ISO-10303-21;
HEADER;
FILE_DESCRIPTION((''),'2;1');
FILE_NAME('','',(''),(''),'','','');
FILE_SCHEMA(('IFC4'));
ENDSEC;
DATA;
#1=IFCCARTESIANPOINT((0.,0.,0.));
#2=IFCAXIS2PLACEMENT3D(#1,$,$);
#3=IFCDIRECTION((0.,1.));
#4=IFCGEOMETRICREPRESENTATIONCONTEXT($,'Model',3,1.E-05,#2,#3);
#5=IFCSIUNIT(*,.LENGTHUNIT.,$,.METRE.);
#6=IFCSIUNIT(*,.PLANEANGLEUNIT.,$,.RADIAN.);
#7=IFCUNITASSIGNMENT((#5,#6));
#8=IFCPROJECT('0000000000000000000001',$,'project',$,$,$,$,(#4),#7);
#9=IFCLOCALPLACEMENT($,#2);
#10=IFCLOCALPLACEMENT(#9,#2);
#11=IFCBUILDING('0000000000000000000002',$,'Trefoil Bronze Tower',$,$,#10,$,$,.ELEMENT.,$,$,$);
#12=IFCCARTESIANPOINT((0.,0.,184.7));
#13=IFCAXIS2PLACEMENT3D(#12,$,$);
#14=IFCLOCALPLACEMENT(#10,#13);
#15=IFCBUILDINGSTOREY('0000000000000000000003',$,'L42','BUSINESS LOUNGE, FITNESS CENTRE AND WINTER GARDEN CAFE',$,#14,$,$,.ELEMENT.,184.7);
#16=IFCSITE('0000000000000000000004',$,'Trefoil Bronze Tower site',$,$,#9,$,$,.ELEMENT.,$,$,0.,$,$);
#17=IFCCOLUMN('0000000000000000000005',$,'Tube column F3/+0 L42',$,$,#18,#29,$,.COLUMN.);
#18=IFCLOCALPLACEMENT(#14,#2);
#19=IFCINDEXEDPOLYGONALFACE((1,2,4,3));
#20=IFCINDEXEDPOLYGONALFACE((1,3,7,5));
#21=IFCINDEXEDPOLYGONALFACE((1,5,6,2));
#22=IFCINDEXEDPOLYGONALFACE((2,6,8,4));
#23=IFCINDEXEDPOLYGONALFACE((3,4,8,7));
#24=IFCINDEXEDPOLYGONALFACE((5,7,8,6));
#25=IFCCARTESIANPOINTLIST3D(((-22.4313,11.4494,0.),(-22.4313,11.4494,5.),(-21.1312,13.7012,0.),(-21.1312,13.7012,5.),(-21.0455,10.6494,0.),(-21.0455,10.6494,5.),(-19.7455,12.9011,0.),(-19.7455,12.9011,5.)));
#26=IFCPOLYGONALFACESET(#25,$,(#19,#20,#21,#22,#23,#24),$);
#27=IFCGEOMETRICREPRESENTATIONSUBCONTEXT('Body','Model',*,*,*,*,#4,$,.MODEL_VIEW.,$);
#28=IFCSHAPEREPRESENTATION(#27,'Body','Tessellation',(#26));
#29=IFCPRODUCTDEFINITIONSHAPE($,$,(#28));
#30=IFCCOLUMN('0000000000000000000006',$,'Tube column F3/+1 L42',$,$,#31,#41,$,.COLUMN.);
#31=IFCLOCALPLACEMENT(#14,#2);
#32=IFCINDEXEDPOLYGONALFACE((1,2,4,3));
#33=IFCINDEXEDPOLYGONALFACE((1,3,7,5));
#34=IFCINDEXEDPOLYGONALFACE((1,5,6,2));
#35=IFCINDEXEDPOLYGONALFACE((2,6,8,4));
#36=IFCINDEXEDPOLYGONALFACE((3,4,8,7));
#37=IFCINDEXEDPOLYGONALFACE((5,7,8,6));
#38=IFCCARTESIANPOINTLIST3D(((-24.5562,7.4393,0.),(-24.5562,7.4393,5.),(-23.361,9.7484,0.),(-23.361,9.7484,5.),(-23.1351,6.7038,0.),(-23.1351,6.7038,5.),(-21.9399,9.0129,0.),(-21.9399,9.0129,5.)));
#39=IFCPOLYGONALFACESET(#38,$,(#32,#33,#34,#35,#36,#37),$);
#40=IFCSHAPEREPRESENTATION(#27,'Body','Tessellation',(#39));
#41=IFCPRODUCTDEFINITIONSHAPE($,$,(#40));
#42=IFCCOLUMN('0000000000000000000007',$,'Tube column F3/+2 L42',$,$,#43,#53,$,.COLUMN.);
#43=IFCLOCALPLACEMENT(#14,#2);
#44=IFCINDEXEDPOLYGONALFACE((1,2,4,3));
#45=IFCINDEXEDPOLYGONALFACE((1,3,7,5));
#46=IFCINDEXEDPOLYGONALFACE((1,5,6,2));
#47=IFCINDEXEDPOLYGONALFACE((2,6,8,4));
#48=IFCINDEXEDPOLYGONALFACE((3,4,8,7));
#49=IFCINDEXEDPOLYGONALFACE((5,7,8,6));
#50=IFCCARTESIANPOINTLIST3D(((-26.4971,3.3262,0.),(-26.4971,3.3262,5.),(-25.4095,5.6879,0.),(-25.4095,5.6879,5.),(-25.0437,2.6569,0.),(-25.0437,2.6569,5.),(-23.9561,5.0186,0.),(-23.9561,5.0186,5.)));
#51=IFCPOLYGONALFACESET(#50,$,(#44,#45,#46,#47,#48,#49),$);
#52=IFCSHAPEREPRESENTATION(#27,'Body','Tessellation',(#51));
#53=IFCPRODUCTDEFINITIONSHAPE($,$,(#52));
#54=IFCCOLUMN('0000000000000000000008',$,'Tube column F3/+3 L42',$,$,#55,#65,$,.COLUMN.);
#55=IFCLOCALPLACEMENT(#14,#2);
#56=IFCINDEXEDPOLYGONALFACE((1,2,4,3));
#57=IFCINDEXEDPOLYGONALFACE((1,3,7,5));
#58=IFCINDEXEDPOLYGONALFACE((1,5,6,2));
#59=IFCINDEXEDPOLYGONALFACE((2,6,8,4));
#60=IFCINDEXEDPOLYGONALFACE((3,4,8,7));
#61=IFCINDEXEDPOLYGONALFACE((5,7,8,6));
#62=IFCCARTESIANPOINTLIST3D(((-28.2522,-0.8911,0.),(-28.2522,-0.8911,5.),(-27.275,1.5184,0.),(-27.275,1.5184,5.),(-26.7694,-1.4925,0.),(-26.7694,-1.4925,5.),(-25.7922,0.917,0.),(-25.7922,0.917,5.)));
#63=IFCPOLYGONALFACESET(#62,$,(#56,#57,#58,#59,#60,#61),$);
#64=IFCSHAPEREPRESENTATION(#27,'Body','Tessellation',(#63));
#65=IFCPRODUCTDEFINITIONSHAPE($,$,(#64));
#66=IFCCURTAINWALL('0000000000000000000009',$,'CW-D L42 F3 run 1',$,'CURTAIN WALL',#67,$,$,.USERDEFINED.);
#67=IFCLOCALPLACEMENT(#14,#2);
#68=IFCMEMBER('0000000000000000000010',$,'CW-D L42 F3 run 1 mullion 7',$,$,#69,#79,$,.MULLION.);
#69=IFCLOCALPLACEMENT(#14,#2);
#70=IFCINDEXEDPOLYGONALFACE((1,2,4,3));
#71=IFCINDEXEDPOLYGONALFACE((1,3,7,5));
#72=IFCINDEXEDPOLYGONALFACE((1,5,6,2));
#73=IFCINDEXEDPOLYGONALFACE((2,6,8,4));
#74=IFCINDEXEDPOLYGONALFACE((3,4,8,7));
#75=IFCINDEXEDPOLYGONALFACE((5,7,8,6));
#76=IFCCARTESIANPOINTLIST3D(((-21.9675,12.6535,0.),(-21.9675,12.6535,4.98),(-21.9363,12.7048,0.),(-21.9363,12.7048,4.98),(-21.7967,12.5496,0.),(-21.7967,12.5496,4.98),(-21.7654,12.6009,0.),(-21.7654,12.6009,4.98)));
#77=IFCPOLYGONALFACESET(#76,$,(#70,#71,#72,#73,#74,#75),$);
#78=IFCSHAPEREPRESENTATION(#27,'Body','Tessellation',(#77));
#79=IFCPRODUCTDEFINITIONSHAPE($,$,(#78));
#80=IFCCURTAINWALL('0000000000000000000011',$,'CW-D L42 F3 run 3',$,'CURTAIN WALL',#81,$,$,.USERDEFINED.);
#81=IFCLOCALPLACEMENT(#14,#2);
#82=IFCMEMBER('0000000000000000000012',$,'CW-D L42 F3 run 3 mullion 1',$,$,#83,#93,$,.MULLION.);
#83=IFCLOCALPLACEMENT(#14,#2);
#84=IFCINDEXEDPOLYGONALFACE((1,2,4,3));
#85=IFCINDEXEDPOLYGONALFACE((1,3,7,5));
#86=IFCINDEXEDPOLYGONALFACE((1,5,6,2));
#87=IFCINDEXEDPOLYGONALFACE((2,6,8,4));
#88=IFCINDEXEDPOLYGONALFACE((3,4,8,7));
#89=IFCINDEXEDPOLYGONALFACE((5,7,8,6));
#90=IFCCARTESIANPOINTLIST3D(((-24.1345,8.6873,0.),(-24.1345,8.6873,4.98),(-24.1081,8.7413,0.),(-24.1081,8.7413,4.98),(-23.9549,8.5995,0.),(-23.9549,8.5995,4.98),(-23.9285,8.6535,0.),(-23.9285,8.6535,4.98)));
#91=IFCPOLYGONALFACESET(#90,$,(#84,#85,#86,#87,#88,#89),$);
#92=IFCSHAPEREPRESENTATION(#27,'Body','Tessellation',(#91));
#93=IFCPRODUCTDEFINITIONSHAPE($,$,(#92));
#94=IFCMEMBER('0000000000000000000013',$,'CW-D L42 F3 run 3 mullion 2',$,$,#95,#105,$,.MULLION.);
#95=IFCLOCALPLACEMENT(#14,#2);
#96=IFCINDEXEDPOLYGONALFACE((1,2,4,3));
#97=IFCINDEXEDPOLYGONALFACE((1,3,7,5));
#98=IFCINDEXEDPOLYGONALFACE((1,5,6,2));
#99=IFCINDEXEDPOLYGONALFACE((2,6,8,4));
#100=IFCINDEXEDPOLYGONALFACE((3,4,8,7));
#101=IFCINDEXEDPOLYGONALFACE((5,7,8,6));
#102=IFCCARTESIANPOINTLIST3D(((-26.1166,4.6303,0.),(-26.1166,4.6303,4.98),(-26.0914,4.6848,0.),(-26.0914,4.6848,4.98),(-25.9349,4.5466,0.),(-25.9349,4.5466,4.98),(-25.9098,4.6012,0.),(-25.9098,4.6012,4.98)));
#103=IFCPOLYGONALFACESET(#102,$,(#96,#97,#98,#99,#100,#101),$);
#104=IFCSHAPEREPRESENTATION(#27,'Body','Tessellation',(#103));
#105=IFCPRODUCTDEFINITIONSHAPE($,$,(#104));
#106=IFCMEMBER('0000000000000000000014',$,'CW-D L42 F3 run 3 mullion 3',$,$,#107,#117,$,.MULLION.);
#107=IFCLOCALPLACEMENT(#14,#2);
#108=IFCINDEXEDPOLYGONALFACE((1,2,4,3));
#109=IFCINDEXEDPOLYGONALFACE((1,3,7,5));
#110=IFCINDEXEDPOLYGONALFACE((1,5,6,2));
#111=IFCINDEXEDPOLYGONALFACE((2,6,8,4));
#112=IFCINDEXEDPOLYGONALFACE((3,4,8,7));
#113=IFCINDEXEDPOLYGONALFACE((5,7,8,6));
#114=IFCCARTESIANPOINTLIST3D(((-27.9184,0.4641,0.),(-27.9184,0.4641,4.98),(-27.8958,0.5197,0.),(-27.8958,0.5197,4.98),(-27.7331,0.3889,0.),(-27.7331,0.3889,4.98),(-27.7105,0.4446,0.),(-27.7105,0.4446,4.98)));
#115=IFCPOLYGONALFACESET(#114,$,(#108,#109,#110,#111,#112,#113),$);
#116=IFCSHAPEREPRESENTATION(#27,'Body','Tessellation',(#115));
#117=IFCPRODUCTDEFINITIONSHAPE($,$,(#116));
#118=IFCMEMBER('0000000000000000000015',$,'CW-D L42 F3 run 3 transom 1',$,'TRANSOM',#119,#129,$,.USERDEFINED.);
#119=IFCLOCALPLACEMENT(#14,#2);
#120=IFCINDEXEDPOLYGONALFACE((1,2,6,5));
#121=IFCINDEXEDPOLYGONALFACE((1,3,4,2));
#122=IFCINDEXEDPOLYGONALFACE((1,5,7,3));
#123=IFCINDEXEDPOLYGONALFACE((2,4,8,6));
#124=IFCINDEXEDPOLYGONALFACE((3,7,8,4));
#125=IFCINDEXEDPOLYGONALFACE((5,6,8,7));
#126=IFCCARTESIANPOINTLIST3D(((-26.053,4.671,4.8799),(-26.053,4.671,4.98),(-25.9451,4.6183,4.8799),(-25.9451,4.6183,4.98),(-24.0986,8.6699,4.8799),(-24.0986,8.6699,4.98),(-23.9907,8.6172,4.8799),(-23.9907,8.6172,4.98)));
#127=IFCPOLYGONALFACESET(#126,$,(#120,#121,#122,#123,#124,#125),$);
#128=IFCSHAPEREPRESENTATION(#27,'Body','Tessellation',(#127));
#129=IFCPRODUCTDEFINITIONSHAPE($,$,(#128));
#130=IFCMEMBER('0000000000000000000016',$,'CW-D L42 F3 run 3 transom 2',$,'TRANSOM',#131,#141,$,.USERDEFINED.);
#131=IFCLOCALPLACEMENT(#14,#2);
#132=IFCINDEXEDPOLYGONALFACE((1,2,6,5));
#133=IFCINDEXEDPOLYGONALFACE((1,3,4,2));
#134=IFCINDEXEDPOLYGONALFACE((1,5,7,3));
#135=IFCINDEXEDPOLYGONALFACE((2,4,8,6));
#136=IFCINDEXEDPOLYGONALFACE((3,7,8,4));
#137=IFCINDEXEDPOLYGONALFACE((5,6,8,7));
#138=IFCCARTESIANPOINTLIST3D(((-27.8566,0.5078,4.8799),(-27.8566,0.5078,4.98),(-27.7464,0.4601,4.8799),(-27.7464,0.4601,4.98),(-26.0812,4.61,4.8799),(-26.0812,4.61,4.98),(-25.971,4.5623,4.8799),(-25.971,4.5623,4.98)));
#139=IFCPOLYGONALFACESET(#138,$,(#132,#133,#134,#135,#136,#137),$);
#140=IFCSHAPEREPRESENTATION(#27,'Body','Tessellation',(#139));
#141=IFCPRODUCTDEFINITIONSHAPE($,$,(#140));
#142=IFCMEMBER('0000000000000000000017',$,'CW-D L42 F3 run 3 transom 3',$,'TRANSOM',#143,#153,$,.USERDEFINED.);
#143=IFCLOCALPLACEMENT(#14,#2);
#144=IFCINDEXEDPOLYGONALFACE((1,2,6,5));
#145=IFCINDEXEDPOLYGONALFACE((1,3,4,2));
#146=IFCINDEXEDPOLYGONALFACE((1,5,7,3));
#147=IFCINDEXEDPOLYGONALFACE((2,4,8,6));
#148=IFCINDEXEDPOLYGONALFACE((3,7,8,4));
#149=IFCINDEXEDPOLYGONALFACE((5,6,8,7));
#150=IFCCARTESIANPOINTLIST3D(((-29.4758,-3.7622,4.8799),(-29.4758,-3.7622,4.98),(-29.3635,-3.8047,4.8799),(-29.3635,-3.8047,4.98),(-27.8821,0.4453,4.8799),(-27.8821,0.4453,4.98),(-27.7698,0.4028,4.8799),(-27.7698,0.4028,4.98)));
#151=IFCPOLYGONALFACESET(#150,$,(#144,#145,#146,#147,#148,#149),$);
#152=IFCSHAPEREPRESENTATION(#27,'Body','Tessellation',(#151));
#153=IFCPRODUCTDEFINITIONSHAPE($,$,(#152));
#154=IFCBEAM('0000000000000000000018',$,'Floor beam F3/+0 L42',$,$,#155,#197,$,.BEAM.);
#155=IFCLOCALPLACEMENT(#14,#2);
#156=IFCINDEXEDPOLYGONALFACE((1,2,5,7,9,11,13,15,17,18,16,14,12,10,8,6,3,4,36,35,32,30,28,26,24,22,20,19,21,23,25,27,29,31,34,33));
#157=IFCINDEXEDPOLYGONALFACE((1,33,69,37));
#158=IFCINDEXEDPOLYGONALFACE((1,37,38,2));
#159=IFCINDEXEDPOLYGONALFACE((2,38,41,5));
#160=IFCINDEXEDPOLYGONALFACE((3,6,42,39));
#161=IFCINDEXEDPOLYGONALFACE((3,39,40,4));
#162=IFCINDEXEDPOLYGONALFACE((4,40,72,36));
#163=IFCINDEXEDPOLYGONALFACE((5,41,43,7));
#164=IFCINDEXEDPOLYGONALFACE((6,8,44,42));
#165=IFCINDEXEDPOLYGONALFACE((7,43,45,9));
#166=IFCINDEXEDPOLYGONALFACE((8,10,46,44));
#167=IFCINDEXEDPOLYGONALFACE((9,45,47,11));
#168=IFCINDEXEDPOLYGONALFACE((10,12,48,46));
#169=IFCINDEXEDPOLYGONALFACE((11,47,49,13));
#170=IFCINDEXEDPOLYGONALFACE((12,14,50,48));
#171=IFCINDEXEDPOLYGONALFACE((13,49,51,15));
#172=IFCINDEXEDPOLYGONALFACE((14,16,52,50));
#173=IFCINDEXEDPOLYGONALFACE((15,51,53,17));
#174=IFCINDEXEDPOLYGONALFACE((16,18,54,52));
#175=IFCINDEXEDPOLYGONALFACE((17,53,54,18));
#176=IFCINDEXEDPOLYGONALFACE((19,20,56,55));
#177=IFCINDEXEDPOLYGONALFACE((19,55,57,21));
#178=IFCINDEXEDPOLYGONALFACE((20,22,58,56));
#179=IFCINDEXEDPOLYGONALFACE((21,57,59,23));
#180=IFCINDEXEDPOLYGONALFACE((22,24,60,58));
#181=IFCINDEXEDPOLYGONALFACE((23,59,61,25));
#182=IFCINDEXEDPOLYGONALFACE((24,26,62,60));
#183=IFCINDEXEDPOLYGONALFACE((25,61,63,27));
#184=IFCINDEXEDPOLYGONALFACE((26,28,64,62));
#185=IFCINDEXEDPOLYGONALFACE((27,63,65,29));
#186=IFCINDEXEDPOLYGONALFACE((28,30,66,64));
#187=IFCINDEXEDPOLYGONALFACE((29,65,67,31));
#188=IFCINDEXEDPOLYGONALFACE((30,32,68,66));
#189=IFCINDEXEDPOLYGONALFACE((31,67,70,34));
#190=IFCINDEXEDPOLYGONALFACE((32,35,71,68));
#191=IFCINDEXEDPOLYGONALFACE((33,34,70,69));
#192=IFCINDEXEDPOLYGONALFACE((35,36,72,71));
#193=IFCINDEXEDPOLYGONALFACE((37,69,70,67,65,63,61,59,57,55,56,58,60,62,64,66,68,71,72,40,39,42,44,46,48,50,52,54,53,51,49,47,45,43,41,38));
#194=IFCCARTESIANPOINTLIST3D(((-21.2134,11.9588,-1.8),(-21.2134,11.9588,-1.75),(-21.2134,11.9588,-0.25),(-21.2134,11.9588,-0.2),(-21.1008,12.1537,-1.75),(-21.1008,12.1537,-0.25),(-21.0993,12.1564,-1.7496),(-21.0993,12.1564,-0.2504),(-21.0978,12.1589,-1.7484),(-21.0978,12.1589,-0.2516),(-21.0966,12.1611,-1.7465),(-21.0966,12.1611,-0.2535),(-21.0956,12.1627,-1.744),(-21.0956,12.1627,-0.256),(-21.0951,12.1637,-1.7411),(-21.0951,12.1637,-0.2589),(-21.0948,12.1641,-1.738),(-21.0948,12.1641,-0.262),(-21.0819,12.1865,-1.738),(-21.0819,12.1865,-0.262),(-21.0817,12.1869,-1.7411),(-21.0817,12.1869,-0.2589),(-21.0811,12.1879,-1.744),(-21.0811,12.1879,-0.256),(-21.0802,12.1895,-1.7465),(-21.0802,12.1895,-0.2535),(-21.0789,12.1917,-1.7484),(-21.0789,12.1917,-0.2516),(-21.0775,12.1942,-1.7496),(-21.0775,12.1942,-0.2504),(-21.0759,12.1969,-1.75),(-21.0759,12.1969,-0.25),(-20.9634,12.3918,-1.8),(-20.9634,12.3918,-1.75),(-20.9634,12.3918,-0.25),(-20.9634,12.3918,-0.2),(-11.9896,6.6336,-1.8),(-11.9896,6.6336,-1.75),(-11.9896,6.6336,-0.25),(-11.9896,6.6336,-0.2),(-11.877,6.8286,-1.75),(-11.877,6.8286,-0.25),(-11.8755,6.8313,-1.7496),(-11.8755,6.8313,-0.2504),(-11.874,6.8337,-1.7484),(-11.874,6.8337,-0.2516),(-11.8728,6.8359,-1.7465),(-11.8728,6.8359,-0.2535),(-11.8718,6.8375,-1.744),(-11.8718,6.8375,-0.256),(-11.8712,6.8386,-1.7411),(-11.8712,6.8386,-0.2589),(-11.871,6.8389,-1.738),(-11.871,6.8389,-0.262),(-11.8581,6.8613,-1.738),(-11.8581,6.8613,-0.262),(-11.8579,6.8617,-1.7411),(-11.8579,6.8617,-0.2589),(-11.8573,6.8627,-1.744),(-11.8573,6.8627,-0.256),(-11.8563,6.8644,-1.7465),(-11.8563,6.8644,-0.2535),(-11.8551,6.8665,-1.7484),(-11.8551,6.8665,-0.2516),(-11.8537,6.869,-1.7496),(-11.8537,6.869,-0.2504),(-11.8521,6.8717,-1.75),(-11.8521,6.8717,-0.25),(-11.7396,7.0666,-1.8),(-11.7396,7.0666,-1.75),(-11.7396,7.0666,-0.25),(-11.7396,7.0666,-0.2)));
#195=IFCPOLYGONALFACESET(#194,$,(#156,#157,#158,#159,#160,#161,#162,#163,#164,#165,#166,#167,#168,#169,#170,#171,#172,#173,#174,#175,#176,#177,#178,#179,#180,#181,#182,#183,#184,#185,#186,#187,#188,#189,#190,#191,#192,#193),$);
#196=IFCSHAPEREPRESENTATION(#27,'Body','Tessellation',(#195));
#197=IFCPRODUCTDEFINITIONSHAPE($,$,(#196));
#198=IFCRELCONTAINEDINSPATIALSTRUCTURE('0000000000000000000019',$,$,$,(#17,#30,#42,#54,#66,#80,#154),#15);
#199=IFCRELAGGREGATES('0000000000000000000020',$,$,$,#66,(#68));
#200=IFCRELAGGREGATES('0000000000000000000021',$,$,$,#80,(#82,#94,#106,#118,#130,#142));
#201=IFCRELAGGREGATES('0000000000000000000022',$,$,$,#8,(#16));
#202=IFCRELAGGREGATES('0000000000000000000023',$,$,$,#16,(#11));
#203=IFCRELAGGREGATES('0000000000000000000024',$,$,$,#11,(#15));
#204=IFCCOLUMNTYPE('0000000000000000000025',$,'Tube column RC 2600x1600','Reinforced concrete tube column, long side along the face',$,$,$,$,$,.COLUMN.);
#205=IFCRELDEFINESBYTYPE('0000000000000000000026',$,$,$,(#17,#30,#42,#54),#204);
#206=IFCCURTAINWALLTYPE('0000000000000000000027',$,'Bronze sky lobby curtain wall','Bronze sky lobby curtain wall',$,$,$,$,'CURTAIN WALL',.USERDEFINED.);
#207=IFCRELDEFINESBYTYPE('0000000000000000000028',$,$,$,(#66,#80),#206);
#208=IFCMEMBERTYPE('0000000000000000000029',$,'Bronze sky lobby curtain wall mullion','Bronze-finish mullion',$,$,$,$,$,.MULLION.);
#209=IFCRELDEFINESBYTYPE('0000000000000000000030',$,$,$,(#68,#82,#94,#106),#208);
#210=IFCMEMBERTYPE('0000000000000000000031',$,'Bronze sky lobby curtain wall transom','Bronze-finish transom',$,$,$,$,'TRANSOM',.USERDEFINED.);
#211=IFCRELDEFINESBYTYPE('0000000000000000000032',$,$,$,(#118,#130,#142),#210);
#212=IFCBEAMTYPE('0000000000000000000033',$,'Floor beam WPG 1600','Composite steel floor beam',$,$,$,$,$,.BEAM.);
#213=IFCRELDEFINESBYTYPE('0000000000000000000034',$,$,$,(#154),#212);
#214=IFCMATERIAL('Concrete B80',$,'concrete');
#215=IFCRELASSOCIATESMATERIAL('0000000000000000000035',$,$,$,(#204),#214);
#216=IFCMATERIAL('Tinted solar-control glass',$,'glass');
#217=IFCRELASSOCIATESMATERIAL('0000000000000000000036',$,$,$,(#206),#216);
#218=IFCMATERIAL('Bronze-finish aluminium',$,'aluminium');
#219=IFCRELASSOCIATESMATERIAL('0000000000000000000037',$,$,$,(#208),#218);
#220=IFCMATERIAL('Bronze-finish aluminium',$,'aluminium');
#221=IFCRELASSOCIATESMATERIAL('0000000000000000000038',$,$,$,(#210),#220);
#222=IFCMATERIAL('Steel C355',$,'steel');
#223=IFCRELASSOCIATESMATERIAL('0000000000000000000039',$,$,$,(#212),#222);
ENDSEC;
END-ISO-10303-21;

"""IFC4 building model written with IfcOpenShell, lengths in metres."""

from ifc_helpers import new_model, si_unit, direction, frame, origin, origin_2d, place, context, subcontext, project, spatial, rectangle, i_section, extrude, material, material_profile, profile_set, type_object, element, aggregate, save


model = new_model("IFC4")

# Units and contexts
model_context = context("Model", 3, precision=1e-05, world=origin(), true_north=direction((0.0, 1.0)))
body_context = subcontext(model_context, "Body", "Model", "MODEL_VIEW")
ifc_project = project(units=[si_unit("LENGTHUNIT", "METRE"), si_unit("PLANEANGLEUNIT", "RADIAN")], contexts=[model_context])

# Site, building, storey
site_placement = place(None, origin())
site = spatial("IfcSite", under=ifc_project, at=site_placement, Name="Trefoil Bronze Tower site", CompositionType="ELEMENT", RefElevation=0.0)
building_placement = place(site_placement, origin())
building = spatial("IfcBuilding", under=site, at=building_placement, Name="Trefoil Bronze Tower", CompositionType="ELEMENT")
storey_placement = place(building_placement, frame((0.0, 0.0, 184.7)))
storey = spatial("IfcBuildingStorey", under=building, at=storey_placement, Name="L42", Description="BUSINESS LOUNGE, FITNESS CENTRE AND WINTER GARDEN CAFE", CompositionType="ELEMENT", Elevation=184.7)

# Columns
ifc_material_1 = material(Name="Concrete B80", Category="concrete")
ifc_material_profile_1 = material_profile(ifc_material_1, rectangle(XDim=2.6001, YDim=1.6001, at=origin_2d()), Name="RC 2600x1600")
ifc_profile_set_1 = profile_set([ifc_material_profile_1], Name="Concrete B80")
column_type = type_object("IfcColumnType", Name="Tube column RC 2600x1600", Description="Reinforced concrete tube column, long side along the face", PredefinedType="COLUMN", material=ifc_profile_set_1)
for number, where, z_axis, x_axis, name in (
    (1, (-21.0884, 12.1753, 0.0), (0.0, 0.0, 1.0), (-0.5, -0.866025, 0.0), "Tube column F3/+0 L42"),
    (2, (-23.248, 8.2261, 0.0), (0.0, 0.0, 1.0), (-0.459673, -0.888088, 0.0), "Tube column F3/+1 L42"),
    (3, (-25.2266, 4.1724, 0.0), (0.0, 0.0, 1.0), (-0.418286, -0.908315, 0.0), "Tube column F3/+2 L42"),
    (4, (-27.0222, 0.0129, 0.0), (0.0, 0.0, 1.0), (-0.375828, -0.926689, 0.0), "Tube column F3/+3 L42"),
):
    element("IfcColumn", number, at=place(storey_placement, frame(where, z_axis=z_axis, x_axis=x_axis)), inside=storey, type_object=column_type, Name=name, PredefinedType="COLUMN", context=body_context, shape_type="SweptSolid", body=[
        extrude(rectangle(XDim=2.6001, YDim=1.6001, at=origin_2d()), origin(), (0.0, 0.0, 1.0), 5.0),
    ])

# Curtain wall, member
ifc_material_2 = material(Name="Tinted solar-control glass", Category="glass")
curtain_wall_type = type_object("IfcCurtainWallType", Name="Bronze sky lobby curtain wall", Description="Bronze sky lobby curtain wall", ElementType="CURTAIN WALL", PredefinedType="USERDEFINED", material=ifc_material_2)
curtain_wall_1_placement = place(storey_placement, origin())
curtain_wall_1 = element("IfcCurtainWall", 5, at=curtain_wall_1_placement, inside=storey, type_object=curtain_wall_type, Name="CW-D L42 F3 run 1", ObjectType="CURTAIN WALL", PredefinedType="USERDEFINED")
ifc_material_3 = material(Name="Bronze-finish aluminium", Category="aluminium")
ifc_material_profile_2 = material_profile(ifc_material_3, rectangle(XDim=0.2, YDim=0.0601, at=origin_2d()), Name="CW-D mullion")
ifc_profile_set_2 = profile_set([ifc_material_profile_2], Name="Bronze-finish aluminium")
member_type_1 = type_object("IfcMemberType", Name="Bronze sky lobby curtain wall mullion", Description="Bronze-finish mullion", PredefinedType="MULLION", material=ifc_profile_set_2)
member_1_placement = place(storey_placement, frame((-21.8665, 12.6272, 0.0), z_axis=(0.0, 0.0, 1.0), x_axis=(0.854311, -0.519762, 0.0)))
member_1 = element("IfcMember", 6, at=member_1_placement, type_object=member_type_1, Name="CW-D L42 F3 run 1 mullion 7", PredefinedType="MULLION", context=body_context, shape_type="SweptSolid", body=[
    extrude(rectangle(XDim=0.2, YDim=0.0601, at=origin_2d()), origin(), (0.0, 0.0, 1.0), 4.98),
])

# Curtain wall, members
curtain_wall_2_placement = place(storey_placement, origin())
curtain_wall_2 = element("IfcCurtainWall", 7, at=curtain_wall_2_placement, inside=storey, type_object=curtain_wall_type, Name="CW-D L42 F3 run 3", ObjectType="CURTAIN WALL", PredefinedType="USERDEFINED")
member_2_placement = place(storey_placement, frame((-24.0315, 8.6704, 0.0), z_axis=(0.0, 0.0, 1.0), x_axis=(0.898424, -0.439129, 0.0)))
member_2 = element("IfcMember", 8, at=member_2_placement, type_object=member_type_1, Name="CW-D L42 F3 run 3 mullion 1", PredefinedType="MULLION", context=body_context, shape_type="SweptSolid", body=[
    extrude(rectangle(XDim=0.2, YDim=0.0601, at=origin_2d()), origin(), (0.0, 0.0, 1.0), 4.98),
])
member_3_placement = place(storey_placement, frame((-26.0132, 4.6157, 0.0), z_axis=(0.0, 0.0, 1.0), x_axis=(0.908315, -0.418286, 0.0)))
member_3 = element("IfcMember", 9, at=member_3_placement, type_object=member_type_1, Name="CW-D L42 F3 run 3 mullion 2", PredefinedType="MULLION", context=body_context, shape_type="SweptSolid", body=[
    extrude(rectangle(XDim=0.2, YDim=0.0601, at=origin_2d()), origin(), (0.0, 0.0, 1.0), 4.98),
])
member_4_placement = place(storey_placement, frame((-27.8145, 0.4543, 0.0), z_axis=(0.0, 0.0, 1.0), x_axis=(0.926689, -0.375828, 0.0)))
member_4 = element("IfcMember", 10, at=member_4_placement, type_object=member_type_1, Name="CW-D L42 F3 run 3 mullion 3", PredefinedType="MULLION", context=body_context, shape_type="SweptSolid", body=[
    extrude(rectangle(XDim=0.2, YDim=0.0601, at=origin_2d()), origin(), (0.0, 0.0, 1.0), 4.98),
])
ifc_material_4 = material(Name="Bronze-finish aluminium", Category="aluminium")
ifc_material_profile_3 = material_profile(ifc_material_4, rectangle(XDim=0.1201, YDim=0.1001, at=origin_2d()), Name="CW-D transom")
ifc_profile_set_3 = profile_set([ifc_material_profile_3], Name="Bronze-finish aluminium")
member_type_2 = type_object("IfcMemberType", Name="Bronze sky lobby curtain wall transom", Description="Bronze-finish transom", ElementType="TRANSOM", PredefinedType="USERDEFINED", material=ifc_profile_set_3)
member_5_placement = place(storey_placement, frame((-24.0447, 8.6436, 4.9299), z_axis=(-0.439099, -0.898439, 0.0), x_axis=(0.898439, -0.439099, 0.0)))
member_5 = element("IfcMember", 11, at=member_5_placement, type_object=member_type_2, Name="CW-D L42 F3 run 3 transom 1", ObjectType="TRANSOM", PredefinedType="USERDEFINED", context=body_context, shape_type="SweptSolid", body=[
    extrude(rectangle(XDim=0.1201, YDim=0.1001, at=origin_2d()), origin(), (0.0, 0.0, 1.0), 4.4509),
])
member_6_placement = place(storey_placement, frame((-26.0261, 4.5862, 4.9299), z_axis=(-0.39718, -0.917741, 0.0), x_axis=(0.917741, -0.39718, 0.0)))
member_6 = element("IfcMember", 12, at=member_6_placement, type_object=member_type_2, Name="CW-D L42 F3 run 3 transom 2", ObjectType="TRANSOM", PredefinedType="USERDEFINED", context=body_context, shape_type="SweptSolid", body=[
    extrude(rectangle(XDim=0.1201, YDim=0.1001, at=origin_2d()), origin(), (0.0, 0.0, 1.0), 4.47),
])
member_7_placement = place(storey_placement, frame((-27.8259, 0.4241, 4.9299), z_axis=(-0.354226, -0.93516, 0.0), x_axis=(0.93516, -0.354226, 0.0)))
member_7 = element("IfcMember", 13, at=member_7_placement, type_object=member_type_2, Name="CW-D L42 F3 run 3 transom 3", ObjectType="TRANSOM", PredefinedType="USERDEFINED", context=body_context, shape_type="SweptSolid", body=[
    extrude(rectangle(XDim=0.1201, YDim=0.1001, at=origin_2d()), origin(), (0.0, 0.0, 1.0), 4.4993),
])

# Beam
ifc_material_5 = material(Name="Steel C355", Category="steel")
ifc_material_profile_4 = material_profile(ifc_material_5, i_section(OverallWidth=0.5, OverallDepth=1.6001, WebThickness=0.0259, FlangeThickness=0.05, FilletRadius=0.012, at=origin_2d()), Name="WPG 1600")
ifc_profile_set_4 = profile_set([ifc_material_profile_4], Name="Steel C355")
beam_type_1 = type_object("IfcBeamType", Name="Floor beam WPG 1600", Description="Composite steel floor beam", PredefinedType="BEAM", material=ifc_profile_set_4)
beam_1_placement = place(storey_placement, frame((-21.0884, 12.1753, -1.0), z_axis=(0.866034, -0.499985, 0.0), x_axis=(0.499985, 0.866034, 0.0)))
element("IfcBeam", 14, at=beam_1_placement, inside=storey, type_object=beam_type_1, Name="Floor beam F3/+0 L42", PredefinedType="BEAM", context=body_context, shape_type="SweptSolid", body=[
    extrude(i_section(OverallWidth=0.5, OverallDepth=1.6001, WebThickness=0.0259, FlangeThickness=0.05, FilletRadius=0.012, at=origin_2d()), origin(), (0.0, 0.0, 1.0), 10.6506),
])

aggregate(curtain_wall_1, [member_1])
aggregate(curtain_wall_2, [member_2, member_3, member_4, member_5, member_6, member_7])

save(model, "model.ifc")
